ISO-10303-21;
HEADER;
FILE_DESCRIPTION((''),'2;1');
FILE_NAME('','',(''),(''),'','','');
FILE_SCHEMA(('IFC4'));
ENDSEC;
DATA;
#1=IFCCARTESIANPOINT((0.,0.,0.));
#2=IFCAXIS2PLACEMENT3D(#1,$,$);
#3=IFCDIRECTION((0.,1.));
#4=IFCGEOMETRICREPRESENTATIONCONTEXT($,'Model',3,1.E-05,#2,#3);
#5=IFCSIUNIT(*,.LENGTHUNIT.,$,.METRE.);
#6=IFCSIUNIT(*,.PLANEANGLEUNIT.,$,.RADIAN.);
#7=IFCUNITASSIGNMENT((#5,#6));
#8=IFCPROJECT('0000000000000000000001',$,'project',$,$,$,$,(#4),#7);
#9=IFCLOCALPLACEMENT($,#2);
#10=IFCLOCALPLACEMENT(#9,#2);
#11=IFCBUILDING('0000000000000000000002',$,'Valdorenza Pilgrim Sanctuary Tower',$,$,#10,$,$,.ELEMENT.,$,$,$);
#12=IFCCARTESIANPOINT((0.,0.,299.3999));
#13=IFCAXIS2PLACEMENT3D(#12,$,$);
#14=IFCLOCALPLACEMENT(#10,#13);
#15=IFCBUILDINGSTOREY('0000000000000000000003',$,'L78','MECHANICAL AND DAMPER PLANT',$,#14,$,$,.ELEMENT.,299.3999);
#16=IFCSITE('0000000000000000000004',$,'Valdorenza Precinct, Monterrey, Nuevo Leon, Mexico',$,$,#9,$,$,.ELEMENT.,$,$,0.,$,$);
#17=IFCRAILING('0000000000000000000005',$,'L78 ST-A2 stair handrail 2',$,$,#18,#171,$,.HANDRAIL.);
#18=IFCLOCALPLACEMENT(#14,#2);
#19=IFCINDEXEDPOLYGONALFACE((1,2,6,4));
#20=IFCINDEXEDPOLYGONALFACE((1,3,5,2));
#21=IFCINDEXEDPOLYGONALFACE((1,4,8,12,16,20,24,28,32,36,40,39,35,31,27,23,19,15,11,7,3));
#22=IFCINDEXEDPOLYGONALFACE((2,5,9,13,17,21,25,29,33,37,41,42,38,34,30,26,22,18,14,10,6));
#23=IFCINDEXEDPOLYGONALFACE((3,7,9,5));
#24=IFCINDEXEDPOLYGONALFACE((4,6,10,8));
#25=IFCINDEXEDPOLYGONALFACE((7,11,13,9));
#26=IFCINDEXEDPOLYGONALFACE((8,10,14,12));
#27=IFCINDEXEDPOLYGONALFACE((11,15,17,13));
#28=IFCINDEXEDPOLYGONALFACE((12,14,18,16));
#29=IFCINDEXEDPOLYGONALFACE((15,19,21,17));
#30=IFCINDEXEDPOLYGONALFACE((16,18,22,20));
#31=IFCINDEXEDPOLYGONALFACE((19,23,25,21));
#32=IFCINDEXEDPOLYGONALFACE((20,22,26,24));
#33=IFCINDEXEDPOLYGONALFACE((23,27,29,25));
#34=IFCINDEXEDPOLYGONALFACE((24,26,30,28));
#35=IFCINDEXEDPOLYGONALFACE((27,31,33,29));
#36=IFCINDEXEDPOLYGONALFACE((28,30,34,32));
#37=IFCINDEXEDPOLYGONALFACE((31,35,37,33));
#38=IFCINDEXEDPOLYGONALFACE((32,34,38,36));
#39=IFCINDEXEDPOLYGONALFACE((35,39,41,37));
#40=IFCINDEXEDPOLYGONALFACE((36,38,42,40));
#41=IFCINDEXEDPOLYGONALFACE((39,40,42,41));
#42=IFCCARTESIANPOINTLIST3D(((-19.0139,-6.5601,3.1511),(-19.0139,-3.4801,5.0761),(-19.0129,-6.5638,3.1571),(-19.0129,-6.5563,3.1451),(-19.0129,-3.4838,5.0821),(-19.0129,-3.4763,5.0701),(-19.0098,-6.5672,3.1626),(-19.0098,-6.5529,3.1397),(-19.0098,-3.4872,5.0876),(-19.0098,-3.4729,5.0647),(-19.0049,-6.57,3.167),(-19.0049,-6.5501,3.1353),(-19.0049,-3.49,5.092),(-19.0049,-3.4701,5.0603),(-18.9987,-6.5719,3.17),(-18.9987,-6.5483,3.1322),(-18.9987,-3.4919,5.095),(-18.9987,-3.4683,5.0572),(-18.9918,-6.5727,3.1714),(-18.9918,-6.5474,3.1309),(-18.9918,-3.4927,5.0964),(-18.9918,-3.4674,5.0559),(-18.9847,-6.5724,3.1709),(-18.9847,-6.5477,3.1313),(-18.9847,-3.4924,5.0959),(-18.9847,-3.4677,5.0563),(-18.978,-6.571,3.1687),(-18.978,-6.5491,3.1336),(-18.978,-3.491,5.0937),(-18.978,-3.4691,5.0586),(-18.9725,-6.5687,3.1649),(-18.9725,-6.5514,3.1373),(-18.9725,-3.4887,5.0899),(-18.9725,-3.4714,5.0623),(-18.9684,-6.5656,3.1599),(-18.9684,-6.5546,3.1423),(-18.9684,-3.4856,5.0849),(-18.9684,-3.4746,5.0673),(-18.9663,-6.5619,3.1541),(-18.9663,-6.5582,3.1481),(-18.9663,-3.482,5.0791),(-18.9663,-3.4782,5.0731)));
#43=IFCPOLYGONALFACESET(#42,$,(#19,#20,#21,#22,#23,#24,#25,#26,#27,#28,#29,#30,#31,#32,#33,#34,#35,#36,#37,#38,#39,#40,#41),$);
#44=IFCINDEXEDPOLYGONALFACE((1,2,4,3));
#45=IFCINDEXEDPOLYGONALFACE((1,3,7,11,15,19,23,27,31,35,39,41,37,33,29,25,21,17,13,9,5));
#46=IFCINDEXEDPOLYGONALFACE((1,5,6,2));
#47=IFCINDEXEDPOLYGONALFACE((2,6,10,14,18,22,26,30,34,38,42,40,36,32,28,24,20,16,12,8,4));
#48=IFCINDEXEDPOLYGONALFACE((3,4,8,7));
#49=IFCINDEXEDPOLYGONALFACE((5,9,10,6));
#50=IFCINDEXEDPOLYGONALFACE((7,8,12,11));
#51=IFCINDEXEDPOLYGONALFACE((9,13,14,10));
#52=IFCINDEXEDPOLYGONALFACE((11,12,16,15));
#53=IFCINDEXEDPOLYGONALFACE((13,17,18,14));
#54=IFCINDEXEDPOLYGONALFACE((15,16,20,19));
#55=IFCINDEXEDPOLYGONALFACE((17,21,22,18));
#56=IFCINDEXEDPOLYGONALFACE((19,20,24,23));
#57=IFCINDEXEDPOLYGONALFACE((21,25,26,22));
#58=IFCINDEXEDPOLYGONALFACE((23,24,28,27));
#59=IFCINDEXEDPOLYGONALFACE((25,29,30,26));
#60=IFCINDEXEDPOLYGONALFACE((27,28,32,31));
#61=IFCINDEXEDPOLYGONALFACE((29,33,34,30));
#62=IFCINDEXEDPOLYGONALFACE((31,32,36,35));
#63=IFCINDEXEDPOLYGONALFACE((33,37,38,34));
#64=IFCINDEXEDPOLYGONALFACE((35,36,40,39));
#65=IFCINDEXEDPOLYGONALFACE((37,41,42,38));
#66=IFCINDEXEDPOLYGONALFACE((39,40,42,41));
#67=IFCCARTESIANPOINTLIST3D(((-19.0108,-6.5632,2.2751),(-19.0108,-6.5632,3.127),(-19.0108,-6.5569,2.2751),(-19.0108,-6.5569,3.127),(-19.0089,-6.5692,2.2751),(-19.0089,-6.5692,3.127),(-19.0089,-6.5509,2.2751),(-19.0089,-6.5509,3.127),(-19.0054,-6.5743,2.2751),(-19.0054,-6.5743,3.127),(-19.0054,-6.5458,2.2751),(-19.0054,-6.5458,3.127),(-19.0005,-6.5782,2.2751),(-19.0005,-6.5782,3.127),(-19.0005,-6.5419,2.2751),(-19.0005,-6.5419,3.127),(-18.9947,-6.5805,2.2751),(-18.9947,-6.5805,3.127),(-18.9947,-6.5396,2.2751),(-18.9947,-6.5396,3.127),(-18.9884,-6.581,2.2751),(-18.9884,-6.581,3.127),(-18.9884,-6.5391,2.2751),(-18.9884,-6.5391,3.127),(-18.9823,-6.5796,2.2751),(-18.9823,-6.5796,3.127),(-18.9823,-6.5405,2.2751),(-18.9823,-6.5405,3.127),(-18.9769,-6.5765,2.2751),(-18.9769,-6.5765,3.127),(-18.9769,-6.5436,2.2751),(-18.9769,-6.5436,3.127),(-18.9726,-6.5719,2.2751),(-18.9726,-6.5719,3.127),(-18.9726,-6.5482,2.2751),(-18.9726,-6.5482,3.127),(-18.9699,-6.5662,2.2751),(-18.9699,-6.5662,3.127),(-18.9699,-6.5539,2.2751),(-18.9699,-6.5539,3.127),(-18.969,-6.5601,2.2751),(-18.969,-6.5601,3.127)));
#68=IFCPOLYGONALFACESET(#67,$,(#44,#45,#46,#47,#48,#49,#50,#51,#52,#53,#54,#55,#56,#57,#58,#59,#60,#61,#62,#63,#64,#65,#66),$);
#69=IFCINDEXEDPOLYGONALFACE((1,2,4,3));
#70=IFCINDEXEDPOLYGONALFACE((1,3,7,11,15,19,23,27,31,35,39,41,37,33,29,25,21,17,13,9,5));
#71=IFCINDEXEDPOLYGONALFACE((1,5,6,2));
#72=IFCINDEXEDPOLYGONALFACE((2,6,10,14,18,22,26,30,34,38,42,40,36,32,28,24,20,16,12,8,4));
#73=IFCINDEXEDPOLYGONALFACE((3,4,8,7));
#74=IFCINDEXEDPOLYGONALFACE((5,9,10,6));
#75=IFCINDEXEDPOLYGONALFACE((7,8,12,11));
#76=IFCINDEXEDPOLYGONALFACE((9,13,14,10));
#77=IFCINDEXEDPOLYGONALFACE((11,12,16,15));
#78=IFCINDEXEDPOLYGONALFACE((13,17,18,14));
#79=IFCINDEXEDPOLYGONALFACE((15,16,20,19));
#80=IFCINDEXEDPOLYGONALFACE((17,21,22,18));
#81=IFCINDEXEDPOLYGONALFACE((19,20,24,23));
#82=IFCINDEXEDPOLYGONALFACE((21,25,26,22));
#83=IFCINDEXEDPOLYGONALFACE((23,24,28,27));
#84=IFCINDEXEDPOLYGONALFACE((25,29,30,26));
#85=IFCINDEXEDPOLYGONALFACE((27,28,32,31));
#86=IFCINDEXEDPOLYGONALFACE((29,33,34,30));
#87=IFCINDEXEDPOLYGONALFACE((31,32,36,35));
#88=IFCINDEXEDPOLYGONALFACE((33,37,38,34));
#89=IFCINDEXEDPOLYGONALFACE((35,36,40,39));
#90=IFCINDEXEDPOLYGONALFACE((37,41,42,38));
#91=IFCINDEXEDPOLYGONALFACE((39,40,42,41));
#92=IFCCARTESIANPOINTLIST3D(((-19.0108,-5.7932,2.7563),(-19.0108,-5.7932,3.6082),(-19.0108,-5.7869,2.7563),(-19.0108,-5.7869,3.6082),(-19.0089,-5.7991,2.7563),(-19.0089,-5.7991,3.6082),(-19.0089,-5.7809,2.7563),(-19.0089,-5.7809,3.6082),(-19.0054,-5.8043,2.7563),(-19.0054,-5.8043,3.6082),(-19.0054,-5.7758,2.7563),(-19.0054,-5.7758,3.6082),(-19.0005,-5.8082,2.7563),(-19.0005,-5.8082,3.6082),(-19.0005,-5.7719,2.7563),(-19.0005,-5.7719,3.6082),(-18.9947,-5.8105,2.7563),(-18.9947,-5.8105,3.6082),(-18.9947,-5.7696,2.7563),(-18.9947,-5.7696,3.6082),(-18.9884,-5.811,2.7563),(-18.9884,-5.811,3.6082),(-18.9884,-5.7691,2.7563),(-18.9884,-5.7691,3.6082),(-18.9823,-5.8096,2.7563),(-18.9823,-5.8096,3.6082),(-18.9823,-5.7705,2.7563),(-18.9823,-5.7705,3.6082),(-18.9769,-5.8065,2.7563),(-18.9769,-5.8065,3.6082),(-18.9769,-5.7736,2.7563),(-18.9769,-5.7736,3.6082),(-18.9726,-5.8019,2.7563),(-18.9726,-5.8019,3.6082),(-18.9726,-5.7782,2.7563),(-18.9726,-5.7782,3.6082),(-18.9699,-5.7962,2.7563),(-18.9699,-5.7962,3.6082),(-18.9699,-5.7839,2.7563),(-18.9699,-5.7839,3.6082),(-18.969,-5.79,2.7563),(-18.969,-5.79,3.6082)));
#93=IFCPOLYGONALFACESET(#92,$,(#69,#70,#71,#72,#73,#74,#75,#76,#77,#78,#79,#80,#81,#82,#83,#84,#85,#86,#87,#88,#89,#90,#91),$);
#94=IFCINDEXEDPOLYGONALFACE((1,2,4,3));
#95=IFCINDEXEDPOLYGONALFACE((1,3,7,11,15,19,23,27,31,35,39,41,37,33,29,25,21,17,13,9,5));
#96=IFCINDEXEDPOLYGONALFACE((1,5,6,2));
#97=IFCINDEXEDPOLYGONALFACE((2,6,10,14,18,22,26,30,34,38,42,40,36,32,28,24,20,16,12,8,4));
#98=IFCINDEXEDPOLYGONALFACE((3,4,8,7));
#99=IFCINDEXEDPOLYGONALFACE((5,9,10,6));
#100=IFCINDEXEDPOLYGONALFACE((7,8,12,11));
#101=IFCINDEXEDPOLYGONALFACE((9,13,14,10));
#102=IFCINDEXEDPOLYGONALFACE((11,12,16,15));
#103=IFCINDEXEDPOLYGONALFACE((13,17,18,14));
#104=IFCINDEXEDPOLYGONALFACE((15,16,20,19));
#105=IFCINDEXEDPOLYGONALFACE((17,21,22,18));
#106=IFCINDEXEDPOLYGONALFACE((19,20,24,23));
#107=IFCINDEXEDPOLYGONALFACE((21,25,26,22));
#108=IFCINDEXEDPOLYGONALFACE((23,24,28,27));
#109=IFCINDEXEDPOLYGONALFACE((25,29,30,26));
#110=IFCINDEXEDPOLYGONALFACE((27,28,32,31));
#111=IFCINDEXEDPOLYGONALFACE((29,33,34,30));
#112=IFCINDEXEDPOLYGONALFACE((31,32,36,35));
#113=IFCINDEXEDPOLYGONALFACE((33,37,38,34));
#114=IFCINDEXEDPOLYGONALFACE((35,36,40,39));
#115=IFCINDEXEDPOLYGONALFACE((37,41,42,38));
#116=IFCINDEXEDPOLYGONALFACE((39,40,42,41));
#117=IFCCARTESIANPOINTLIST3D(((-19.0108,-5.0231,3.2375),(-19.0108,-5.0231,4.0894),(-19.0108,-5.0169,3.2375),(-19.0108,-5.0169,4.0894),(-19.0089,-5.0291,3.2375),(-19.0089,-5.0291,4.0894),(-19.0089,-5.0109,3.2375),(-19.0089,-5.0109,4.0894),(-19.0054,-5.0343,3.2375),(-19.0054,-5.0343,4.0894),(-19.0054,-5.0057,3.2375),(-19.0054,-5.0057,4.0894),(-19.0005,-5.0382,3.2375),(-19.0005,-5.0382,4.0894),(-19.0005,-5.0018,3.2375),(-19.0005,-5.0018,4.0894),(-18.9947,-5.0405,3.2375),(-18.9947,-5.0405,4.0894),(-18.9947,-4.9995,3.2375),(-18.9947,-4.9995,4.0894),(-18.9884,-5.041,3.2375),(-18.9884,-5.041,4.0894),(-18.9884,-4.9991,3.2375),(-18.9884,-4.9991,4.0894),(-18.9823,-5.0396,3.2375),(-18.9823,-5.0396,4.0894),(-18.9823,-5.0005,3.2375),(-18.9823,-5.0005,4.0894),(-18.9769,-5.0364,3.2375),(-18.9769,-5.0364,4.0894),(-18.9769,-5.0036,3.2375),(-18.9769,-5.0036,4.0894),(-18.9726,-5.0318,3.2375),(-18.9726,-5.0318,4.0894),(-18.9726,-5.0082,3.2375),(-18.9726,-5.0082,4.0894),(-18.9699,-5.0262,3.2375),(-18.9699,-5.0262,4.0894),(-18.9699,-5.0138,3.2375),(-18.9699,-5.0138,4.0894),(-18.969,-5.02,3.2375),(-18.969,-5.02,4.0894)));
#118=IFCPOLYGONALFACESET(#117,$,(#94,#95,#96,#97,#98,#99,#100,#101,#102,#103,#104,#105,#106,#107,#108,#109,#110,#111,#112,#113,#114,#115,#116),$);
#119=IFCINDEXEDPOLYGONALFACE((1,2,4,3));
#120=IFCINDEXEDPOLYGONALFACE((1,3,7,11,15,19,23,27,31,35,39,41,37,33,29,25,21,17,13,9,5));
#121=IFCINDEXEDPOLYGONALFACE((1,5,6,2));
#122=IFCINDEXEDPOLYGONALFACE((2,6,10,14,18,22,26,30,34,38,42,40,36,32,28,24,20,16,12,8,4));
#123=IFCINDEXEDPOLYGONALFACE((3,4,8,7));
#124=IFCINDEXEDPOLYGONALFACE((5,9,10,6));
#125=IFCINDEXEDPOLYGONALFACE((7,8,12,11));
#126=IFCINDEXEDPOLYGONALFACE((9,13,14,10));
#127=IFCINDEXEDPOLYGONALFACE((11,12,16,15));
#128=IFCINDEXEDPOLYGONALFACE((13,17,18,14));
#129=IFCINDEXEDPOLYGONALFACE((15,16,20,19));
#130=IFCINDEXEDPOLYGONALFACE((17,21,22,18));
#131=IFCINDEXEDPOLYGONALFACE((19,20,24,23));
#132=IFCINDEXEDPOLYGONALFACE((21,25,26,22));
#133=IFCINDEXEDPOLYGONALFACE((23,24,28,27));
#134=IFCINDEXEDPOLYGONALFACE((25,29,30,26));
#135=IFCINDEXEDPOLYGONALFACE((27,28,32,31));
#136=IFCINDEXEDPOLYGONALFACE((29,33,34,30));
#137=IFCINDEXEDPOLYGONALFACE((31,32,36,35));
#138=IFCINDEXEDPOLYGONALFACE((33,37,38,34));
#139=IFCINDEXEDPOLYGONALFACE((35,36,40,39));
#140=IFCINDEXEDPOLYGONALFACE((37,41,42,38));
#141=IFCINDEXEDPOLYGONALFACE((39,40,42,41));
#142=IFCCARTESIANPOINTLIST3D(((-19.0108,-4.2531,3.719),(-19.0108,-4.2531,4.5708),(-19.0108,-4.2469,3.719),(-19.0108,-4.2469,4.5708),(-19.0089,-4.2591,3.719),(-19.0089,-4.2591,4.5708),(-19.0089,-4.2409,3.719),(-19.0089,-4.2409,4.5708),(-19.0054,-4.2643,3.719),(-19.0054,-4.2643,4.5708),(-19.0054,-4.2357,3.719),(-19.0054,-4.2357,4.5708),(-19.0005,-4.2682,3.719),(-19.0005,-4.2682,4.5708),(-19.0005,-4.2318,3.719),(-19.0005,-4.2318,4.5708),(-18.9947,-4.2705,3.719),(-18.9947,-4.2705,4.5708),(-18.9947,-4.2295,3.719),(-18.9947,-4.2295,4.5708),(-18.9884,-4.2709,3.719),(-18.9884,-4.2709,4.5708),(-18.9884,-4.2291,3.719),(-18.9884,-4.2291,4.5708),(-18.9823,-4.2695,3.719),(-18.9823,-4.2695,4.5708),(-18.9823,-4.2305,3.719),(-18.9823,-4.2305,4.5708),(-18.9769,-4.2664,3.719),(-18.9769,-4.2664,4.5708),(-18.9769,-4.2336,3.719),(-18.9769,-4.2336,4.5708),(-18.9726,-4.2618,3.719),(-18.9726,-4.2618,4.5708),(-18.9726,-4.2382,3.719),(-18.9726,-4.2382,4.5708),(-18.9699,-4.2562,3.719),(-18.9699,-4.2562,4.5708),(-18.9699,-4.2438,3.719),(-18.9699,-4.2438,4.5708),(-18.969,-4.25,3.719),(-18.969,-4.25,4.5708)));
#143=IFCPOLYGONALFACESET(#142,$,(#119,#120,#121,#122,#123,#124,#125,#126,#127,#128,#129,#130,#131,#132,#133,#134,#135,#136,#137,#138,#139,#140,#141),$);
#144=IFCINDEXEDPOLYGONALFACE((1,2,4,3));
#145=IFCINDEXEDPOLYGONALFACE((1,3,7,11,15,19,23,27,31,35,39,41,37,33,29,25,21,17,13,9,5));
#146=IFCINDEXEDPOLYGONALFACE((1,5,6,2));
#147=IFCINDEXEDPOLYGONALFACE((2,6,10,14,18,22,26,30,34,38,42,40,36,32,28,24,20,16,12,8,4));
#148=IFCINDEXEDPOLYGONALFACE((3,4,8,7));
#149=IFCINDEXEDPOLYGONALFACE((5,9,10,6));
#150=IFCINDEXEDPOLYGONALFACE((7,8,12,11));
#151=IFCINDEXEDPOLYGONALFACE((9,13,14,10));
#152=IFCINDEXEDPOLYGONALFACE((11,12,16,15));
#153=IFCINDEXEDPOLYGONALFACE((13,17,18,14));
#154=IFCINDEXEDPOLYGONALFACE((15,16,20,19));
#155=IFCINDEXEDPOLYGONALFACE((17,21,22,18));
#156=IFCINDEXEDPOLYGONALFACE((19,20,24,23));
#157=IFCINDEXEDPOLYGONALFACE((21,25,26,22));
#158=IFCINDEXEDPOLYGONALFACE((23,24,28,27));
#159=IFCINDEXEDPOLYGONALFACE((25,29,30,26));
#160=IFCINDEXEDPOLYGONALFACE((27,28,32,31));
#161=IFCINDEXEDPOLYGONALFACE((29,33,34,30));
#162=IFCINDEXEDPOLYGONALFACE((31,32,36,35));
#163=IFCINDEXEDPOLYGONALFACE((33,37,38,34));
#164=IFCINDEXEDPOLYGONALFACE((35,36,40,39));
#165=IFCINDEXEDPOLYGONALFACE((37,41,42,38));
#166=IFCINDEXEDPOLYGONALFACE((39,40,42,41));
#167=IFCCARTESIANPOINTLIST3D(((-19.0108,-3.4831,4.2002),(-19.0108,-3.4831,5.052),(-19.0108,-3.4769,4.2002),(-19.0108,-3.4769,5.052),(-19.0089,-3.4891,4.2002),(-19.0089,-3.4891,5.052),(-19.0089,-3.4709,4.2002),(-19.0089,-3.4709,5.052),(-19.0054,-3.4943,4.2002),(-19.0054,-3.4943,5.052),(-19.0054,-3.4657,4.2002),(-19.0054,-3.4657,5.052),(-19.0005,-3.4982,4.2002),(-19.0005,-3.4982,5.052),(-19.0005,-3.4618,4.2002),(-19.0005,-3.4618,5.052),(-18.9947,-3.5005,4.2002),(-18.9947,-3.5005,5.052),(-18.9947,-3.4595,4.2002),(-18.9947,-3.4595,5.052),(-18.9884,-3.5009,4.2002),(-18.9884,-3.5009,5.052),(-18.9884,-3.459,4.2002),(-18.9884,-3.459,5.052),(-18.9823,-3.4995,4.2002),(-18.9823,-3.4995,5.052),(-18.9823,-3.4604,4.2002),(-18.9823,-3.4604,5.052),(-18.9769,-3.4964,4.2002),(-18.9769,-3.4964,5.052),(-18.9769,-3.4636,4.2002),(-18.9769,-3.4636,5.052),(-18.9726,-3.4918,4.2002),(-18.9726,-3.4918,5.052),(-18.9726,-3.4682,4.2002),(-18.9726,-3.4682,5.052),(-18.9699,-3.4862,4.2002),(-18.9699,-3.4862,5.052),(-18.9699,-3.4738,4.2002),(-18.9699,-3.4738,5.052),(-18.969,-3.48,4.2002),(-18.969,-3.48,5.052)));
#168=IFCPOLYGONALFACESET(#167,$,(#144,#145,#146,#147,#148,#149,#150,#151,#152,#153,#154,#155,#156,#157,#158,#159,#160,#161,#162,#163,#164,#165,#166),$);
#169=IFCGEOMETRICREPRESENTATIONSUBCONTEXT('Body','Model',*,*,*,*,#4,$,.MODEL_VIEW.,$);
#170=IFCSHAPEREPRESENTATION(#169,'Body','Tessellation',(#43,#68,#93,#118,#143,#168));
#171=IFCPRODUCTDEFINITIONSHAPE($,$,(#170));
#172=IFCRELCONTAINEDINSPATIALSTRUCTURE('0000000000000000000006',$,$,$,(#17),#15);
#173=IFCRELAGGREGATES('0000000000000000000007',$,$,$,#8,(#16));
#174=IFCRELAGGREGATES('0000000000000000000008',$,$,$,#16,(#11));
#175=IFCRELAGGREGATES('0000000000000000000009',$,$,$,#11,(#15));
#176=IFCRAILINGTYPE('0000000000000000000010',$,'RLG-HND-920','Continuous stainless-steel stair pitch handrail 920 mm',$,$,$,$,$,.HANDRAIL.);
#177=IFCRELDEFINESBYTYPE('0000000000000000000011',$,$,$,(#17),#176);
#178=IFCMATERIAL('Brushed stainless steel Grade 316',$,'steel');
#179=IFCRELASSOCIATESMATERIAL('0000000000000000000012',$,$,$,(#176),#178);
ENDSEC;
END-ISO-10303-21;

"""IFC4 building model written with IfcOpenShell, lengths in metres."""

from ifc_helpers import new_model, si_unit, direction, frame, origin, origin_2d, place, context, subcontext, project, spatial, circle, extrude, material, type_object, element, save


model = new_model("IFC4")

# Units and contexts
model_context = context("Model", 3, precision=1e-05, world=origin(), true_north=direction((0.0, 1.0)))
body_context = subcontext(model_context, "Body", "Model", "MODEL_VIEW")
ifc_project = project(units=[si_unit("LENGTHUNIT", "METRE"), si_unit("PLANEANGLEUNIT", "RADIAN")], contexts=[model_context])

# Site, building, storey
site_placement = place(None, origin())
site = spatial("IfcSite", under=ifc_project, at=site_placement, Name="Valdorenza Precinct, Monterrey, Nuevo Leon, Mexico", CompositionType="ELEMENT", RefElevation=0.0)
building_placement = place(site_placement, origin())
building = spatial("IfcBuilding", under=site, at=building_placement, Name="Valdorenza Pilgrim Sanctuary Tower", CompositionType="ELEMENT")
storey_placement = place(building_placement, frame((0.0, 0.0, 299.3999)))
storey = spatial("IfcBuildingStorey", under=building, at=storey_placement, Name="L78", Description="MECHANICAL AND DAMPER PLANT", CompositionType="ELEMENT", Elevation=299.3999)

# Shared definitions
ifc_material_1 = material(Name="Brushed stainless steel Grade 316", Category="steel")

# Railing
railing_type_1 = type_object("IfcRailingType", Name="RLG-HND-920", Description="Continuous stainless-steel stair pitch handrail 920 mm", PredefinedType="HANDRAIL", material=ifc_material_1)
railing_1_placement = place(storey_placement, frame((-18.99, -6.5601, 2.2751)))
element("IfcRailing", 1, at=railing_1_placement, inside=storey, type_object=railing_type_1, Name="L78 ST-A2 stair handrail 2", PredefinedType="HANDRAIL", context=body_context, shape_type="SweptSolid", body=[
    extrude(circle(Radius=0.0239, at=origin_2d()), frame((0.0, 0.0, 0.876), z_axis=(0.0, 0.847998, 0.529999), x_axis=(-1.0, 0.0, 0.0)), (0.0, 0.0, 1.0), 3.6321),
    extrude(circle(Radius=0.021, at=origin_2d()), origin(), (0.0, 0.0, 1.0), 0.8518),
    extrude(circle(Radius=0.021, at=origin_2d()), frame((0.0, 0.77, 0.4812)), (0.0, 0.0, 1.0), 0.8518),
    extrude(circle(Radius=0.021, at=origin_2d()), frame((0.0, 1.54, 0.9624)), (0.0, 0.0, 1.0), 0.8518),
    extrude(circle(Radius=0.021, at=origin_2d()), frame((0.0, 2.3101, 1.4438)), (0.0, 0.0, 1.0), 0.8518),
    extrude(circle(Radius=0.021, at=origin_2d()), frame((0.0, 3.0801, 1.925)), (0.0, 0.0, 1.0), 0.8518),
])

save(model, "model.ifc")
